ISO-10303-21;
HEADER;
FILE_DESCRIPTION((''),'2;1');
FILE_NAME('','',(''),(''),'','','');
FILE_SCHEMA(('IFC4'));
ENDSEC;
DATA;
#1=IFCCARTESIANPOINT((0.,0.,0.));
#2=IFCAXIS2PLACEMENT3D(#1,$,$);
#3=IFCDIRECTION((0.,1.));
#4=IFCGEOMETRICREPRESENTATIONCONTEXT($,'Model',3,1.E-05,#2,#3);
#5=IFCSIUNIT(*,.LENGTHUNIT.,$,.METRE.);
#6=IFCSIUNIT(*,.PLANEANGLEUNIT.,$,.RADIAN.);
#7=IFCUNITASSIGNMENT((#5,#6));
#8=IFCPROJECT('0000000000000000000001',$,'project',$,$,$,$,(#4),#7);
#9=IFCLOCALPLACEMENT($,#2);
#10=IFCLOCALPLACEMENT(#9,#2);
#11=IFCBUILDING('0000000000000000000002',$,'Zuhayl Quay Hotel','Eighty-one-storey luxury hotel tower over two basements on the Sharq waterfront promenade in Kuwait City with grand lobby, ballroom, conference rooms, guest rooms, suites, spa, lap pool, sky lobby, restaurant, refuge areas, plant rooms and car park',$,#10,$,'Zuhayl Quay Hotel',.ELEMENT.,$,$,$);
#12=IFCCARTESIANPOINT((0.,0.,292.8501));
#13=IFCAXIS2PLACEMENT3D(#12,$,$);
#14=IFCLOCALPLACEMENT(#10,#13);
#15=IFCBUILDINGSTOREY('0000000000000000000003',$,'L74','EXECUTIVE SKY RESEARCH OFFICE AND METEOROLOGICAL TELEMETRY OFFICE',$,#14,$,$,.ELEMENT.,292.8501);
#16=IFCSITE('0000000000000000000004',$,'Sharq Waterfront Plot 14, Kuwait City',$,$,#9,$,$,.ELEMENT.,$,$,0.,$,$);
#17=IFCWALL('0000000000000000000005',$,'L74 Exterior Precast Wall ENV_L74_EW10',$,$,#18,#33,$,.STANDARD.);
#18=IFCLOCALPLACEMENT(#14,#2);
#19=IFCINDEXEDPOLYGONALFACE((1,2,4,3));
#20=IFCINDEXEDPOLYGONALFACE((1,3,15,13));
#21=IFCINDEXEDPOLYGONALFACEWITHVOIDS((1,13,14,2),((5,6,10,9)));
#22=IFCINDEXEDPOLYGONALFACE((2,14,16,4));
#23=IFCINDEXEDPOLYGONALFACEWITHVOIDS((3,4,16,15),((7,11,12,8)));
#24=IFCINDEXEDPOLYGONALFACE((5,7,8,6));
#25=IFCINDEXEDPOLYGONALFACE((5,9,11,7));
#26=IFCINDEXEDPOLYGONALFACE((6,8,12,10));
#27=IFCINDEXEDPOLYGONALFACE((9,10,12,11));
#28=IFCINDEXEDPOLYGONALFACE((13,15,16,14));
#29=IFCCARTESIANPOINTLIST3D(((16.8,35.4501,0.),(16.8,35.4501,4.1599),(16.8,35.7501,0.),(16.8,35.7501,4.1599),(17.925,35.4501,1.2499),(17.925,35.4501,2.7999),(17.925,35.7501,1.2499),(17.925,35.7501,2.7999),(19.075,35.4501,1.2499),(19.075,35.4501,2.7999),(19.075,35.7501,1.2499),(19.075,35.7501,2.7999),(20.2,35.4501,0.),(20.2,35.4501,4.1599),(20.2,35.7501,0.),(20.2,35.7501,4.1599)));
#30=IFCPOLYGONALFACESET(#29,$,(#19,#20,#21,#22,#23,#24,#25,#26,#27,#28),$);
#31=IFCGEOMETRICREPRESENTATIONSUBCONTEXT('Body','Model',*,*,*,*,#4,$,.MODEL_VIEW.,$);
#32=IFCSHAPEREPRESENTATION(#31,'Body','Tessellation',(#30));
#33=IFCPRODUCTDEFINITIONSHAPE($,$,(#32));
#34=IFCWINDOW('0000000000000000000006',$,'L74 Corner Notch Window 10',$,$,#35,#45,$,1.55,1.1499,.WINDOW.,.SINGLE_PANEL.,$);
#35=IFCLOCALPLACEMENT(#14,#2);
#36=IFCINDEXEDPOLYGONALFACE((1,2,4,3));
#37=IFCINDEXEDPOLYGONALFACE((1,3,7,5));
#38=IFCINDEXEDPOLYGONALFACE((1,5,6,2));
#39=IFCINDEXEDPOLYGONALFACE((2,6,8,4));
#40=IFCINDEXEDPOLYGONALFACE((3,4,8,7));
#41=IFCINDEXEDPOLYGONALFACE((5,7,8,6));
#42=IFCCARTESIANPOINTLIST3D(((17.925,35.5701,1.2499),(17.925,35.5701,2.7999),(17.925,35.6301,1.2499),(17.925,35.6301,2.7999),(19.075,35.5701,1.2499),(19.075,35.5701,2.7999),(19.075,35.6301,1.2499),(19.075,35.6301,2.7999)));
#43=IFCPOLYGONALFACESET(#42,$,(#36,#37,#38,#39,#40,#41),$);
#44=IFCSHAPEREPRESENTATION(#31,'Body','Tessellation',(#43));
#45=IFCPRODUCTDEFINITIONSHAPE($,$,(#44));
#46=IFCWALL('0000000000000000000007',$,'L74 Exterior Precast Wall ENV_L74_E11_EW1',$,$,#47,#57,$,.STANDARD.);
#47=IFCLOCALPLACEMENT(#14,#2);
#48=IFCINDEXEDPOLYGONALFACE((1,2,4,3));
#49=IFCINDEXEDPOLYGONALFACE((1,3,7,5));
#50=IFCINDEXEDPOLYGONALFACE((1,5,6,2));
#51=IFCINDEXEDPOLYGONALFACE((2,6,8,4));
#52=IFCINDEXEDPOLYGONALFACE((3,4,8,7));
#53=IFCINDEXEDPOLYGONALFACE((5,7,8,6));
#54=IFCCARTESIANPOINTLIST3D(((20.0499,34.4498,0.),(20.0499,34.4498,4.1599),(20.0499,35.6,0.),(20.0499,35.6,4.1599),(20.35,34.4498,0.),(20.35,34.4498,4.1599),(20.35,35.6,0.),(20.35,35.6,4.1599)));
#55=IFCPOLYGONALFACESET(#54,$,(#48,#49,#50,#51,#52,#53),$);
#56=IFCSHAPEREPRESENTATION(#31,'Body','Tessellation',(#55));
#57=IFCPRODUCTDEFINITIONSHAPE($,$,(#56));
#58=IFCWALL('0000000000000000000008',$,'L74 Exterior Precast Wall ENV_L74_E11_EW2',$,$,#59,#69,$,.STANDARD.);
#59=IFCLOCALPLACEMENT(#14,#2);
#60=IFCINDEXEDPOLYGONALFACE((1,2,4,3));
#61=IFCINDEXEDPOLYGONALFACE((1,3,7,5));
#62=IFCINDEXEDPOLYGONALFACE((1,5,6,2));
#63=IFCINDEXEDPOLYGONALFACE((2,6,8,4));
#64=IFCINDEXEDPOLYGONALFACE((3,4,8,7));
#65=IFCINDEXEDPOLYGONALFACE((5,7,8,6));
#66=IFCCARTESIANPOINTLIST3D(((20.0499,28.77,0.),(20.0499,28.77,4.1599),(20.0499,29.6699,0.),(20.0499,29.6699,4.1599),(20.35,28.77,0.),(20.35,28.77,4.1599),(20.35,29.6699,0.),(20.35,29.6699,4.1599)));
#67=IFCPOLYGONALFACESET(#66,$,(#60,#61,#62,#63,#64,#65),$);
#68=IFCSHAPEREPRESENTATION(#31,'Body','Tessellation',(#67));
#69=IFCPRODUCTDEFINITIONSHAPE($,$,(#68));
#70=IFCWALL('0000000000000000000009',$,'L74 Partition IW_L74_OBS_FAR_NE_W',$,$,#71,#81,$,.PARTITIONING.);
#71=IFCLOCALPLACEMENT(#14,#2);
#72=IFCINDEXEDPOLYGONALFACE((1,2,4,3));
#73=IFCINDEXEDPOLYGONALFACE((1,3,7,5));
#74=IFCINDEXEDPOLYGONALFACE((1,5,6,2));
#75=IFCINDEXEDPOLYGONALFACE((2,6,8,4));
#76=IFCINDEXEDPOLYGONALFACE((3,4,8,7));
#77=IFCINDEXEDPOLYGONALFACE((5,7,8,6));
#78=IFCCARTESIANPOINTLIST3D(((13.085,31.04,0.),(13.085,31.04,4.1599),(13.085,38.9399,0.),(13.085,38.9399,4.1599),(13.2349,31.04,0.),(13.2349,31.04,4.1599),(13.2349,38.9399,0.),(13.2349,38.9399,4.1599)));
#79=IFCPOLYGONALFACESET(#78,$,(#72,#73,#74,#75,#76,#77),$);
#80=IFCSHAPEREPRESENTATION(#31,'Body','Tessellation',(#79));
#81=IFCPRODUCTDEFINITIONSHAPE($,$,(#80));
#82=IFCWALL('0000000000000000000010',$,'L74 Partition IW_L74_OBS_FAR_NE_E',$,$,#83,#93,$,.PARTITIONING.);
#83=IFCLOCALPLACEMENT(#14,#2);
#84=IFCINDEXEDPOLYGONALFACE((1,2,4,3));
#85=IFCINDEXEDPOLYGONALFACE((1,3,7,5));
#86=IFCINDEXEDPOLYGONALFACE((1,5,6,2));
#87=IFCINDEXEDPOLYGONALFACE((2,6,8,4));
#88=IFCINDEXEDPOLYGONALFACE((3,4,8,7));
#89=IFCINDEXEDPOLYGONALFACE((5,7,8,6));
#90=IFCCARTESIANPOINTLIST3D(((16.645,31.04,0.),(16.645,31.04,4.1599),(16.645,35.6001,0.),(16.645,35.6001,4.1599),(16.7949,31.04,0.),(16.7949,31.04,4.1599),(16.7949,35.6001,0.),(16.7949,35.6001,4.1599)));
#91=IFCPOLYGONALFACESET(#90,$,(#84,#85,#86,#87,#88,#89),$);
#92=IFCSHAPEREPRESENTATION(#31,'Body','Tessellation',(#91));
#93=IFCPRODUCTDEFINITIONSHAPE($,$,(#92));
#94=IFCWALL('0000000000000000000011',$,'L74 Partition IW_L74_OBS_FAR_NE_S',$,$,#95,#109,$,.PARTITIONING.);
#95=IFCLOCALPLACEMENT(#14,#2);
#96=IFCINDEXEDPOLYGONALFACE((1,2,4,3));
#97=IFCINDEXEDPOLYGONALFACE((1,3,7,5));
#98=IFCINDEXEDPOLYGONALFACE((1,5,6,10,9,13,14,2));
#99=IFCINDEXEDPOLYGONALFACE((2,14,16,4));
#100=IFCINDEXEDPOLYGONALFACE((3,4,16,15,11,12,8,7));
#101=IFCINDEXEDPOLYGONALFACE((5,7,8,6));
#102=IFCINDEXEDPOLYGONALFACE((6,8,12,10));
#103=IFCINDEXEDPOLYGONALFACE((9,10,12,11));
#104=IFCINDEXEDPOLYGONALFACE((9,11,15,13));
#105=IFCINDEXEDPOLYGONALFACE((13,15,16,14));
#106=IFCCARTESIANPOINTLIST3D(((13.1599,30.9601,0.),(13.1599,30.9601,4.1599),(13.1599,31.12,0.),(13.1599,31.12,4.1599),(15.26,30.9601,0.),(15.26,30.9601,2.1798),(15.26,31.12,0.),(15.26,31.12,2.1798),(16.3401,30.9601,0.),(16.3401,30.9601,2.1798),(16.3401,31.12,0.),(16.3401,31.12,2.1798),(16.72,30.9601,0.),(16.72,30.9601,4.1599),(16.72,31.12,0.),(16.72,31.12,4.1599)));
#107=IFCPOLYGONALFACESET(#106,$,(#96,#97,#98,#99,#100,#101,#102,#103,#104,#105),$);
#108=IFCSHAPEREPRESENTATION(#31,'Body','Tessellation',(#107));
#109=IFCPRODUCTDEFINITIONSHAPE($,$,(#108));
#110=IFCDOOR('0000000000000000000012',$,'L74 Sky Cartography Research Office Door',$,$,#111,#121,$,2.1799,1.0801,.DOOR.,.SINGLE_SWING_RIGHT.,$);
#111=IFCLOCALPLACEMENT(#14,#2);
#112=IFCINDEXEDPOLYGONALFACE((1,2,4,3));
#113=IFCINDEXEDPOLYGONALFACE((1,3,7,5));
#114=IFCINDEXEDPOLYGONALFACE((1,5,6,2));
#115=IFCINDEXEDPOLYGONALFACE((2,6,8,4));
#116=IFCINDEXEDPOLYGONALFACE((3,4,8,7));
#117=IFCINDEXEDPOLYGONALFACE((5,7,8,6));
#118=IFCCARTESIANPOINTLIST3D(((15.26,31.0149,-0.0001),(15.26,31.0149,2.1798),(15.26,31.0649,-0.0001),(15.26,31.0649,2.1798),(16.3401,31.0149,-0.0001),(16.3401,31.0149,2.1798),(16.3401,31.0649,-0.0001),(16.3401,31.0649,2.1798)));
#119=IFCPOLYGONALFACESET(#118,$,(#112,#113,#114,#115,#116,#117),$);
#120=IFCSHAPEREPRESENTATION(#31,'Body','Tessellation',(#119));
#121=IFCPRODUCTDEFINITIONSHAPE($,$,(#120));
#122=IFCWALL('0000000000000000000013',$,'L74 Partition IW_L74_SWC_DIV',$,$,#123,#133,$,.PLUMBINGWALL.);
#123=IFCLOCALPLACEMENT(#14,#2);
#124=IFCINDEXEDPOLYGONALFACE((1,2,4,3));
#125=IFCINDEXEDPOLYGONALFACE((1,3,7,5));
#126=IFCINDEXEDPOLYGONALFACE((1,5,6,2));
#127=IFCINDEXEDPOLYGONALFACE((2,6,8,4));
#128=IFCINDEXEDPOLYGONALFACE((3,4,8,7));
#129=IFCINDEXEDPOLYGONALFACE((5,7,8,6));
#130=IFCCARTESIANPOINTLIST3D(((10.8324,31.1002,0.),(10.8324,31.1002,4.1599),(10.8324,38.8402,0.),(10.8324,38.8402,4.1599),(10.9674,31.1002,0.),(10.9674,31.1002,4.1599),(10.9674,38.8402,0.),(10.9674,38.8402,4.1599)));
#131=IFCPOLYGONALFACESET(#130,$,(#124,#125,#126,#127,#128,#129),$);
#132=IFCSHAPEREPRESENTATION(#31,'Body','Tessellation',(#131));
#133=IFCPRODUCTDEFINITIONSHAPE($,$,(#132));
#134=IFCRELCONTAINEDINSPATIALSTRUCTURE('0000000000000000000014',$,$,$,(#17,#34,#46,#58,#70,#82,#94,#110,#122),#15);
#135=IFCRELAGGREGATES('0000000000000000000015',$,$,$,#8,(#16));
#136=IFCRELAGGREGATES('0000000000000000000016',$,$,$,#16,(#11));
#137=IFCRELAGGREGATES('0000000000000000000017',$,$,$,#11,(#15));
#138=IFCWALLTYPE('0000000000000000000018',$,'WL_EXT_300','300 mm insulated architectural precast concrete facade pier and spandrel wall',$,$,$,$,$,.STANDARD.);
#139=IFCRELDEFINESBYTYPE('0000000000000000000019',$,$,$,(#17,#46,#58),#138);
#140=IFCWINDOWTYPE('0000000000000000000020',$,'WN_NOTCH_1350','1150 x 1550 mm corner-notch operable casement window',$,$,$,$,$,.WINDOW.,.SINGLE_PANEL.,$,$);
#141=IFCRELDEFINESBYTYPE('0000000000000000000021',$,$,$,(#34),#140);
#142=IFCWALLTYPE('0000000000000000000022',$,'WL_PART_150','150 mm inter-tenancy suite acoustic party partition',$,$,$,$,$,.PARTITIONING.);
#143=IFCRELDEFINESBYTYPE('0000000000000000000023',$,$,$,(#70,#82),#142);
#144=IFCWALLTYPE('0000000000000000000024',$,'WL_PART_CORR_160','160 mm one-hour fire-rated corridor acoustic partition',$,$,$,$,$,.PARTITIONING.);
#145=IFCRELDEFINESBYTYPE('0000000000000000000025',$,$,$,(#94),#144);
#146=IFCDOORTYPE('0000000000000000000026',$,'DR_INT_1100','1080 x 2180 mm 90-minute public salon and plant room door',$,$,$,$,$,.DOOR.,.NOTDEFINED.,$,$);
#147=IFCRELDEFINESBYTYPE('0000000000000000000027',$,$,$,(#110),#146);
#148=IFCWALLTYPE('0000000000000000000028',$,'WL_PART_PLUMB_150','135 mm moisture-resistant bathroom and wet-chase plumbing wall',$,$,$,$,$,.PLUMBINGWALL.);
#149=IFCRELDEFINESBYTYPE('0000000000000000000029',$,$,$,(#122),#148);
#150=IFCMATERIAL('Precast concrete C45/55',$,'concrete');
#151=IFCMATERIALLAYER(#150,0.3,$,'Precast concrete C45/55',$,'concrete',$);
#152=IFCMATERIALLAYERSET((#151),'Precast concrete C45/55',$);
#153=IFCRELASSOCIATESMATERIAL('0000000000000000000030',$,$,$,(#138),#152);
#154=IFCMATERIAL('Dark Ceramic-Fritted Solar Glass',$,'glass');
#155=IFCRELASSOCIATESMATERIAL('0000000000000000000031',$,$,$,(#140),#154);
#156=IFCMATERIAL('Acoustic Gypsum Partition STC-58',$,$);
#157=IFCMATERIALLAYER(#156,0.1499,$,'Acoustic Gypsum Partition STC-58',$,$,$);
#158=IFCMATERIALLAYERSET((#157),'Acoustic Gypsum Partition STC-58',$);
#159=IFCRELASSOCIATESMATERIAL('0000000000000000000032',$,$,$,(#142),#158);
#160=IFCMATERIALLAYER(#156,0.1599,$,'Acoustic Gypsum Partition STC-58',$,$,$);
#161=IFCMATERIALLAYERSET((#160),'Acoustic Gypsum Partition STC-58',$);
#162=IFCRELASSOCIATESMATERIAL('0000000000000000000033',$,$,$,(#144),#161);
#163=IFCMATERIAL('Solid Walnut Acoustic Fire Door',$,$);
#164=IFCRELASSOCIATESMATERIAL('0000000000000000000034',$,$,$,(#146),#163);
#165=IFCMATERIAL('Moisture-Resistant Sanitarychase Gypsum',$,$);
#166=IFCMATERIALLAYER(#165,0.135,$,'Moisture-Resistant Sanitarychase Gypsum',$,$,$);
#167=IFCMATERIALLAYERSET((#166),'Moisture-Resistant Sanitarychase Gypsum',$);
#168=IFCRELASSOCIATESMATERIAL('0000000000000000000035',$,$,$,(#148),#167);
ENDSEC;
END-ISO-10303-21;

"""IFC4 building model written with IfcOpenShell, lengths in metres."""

from ifc_helpers import new_model, si_unit, direction, frame, frame_2d, origin, place, context, subcontext, project, spatial, rectangle, extrude, material, layer, layer_set, type_object, element, fill, save


model = new_model("IFC4")

# Units and contexts
model_context = context("Model", 3, precision=1e-05, world=origin(), true_north=direction((0.0, 1.0)))
body_context = subcontext(model_context, "Body", "Model", "MODEL_VIEW")
ifc_project = project(units=[si_unit("LENGTHUNIT", "METRE"), si_unit("PLANEANGLEUNIT", "RADIAN")], contexts=[model_context])

# Site, building, storey
site_placement = place(None, origin())
site = spatial("IfcSite", under=ifc_project, at=site_placement, Name="Sharq Waterfront Plot 14, Kuwait City", CompositionType="ELEMENT", RefElevation=0.0)
building_placement = place(site_placement, origin())
building = spatial("IfcBuilding", under=site, at=building_placement, Name="Zuhayl Quay Hotel", Description="Eighty-one-storey luxury hotel tower over two basements on the Sharq waterfront promenade in Kuwait City with grand lobby, ballroom, conference rooms, guest rooms, suites, spa, lap pool, sky lobby, restaurant, refuge areas, plant rooms and car park", LongName="Zuhayl Quay Hotel", CompositionType="ELEMENT")
storey_placement = place(building_placement, frame((0.0, 0.0, 292.8501)))
storey = spatial("IfcBuildingStorey", under=building, at=storey_placement, Name="L74", Description="EXECUTIVE SKY RESEARCH OFFICE AND METEOROLOGICAL TELEMETRY OFFICE", CompositionType="ELEMENT", Elevation=292.8501)

# Shared definitions
ifc_material_1 = material(Name="Dark Ceramic-Fritted Solar Glass", Category="glass")

# Shared definitions
ifc_material_2 = material(Name="Precast concrete C45/55", Category="concrete")
ifc_layer_1 = layer(ifc_material_2, 0.3, Name="Precast concrete C45/55", Category="concrete")
ifc_layer_set_1 = layer_set([ifc_layer_1], Name="Precast concrete C45/55")
wall_type_1 = type_object("IfcWallType", Name="WL_EXT_300", Description="300 mm insulated architectural precast concrete facade pier and spandrel wall", PredefinedType="STANDARD", material=ifc_layer_set_1)

# Wall, opening, window
wall_1_placement = place(storey_placement, frame((16.8, 35.6001, 0.0), z_axis=(0.0, 0.0, 1.0), x_axis=(1.0, 0.0, 0.0)))
wall_1 = element("IfcWall", 1, at=wall_1_placement, inside=storey, type_object=wall_type_1, Name="L74 Exterior Precast Wall ENV_L74_EW10", PredefinedType="STANDARD", context=body_context, shape_type="SweptSolid", body=[
    extrude(rectangle(XDim=3.3999, YDim=0.3, at=frame_2d((1.7, 0.0))), origin(), (0.0, 0.0, 1.0), 4.1599),
])
opening_1_placement = place(wall_1_placement, frame((1.125, 0.0, 1.25)))
opening_1 = element("IfcOpeningElement", 2, at=opening_1_placement, cuts=wall_1, PredefinedType="OPENING", context=body_context, shape_type="SweptSolid", body=[
    extrude(rectangle(XDim=1.1499, YDim=1.55, at=frame_2d((0.575, 0.7749))), frame((0.0, 0.1599, 0.0), z_axis=(0.0, -1.0, 0.0), x_axis=(1.0, 0.0, 0.0)), (0.0, 0.0, 1.0), 0.3201),
])
window_type = type_object("IfcWindowType", Name="WN_NOTCH_1350", Description="1150 x 1550 mm corner-notch operable casement window", PartitioningType="SINGLE_PANEL", PredefinedType="WINDOW", material=ifc_material_1)
window_placement = place(opening_1_placement, origin())
window = element("IfcWindow", 3, at=window_placement, inside=storey, type_object=window_type, Name="L74 Corner Notch Window 10", OverallHeight=1.55, OverallWidth=1.1499, PartitioningType="SINGLE_PANEL", PredefinedType="WINDOW", context=body_context, shape_type="SweptSolid", body=[
    extrude(rectangle(XDim=1.1499, YDim=1.55, at=frame_2d((0.575, 0.7749))), frame((0.0, 0.03, 0.0), z_axis=(0.0, -1.0, 0.0), x_axis=(1.0, 0.0, 0.0)), (0.0, 0.0, 1.0), 0.0601),
])
fill(opening_1, window)

# Walls
wall_2_placement = place(storey_placement, frame((20.2, 35.6001, 0.0), z_axis=(0.0, 0.0, 1.0), x_axis=(0.0, -1.0, 0.0)))
element("IfcWall", 4, at=wall_2_placement, inside=storey, type_object=wall_type_1, Name="L74 Exterior Precast Wall ENV_L74_E11_EW1", PredefinedType="STANDARD", context=body_context, shape_type="SweptSolid", body=[
    extrude(rectangle(XDim=1.1501, YDim=0.3, at=frame_2d((0.5752, 0.0))), origin(), (0.0, 0.0, 1.0), 4.1599),
])
wall_3_placement = place(storey_placement, frame((20.2, 29.6699, 0.0), z_axis=(0.0, 0.0, 1.0), x_axis=(0.0, -1.0, 0.0)))
element("IfcWall", 5, at=wall_3_placement, inside=storey, type_object=wall_type_1, Name="L74 Exterior Precast Wall ENV_L74_E11_EW2", PredefinedType="STANDARD", context=body_context, shape_type="SweptSolid", body=[
    extrude(rectangle(XDim=0.8999, YDim=0.3, at=frame_2d((0.45, 0.0))), origin(), (0.0, 0.0, 1.0), 4.1599),
])
ifc_material_3 = material(Name="Acoustic Gypsum Partition STC-58")
ifc_layer_2 = layer(ifc_material_3, 0.1499, Name="Acoustic Gypsum Partition STC-58")
ifc_layer_set_2 = layer_set([ifc_layer_2], Name="Acoustic Gypsum Partition STC-58")
wall_type_2 = type_object("IfcWallType", Name="WL_PART_150", Description="150 mm inter-tenancy suite acoustic party partition", PredefinedType="PARTITIONING", material=ifc_layer_set_2)
wall_4_placement = place(storey_placement, frame((13.1599, 31.04, 0.0), z_axis=(0.0, 0.0, 1.0), x_axis=(0.0, 1.0, 0.0)))
element("IfcWall", 6, at=wall_4_placement, inside=storey, type_object=wall_type_2, Name="L74 Partition IW_L74_OBS_FAR_NE_W", PredefinedType="PARTITIONING", context=body_context, shape_type="SweptSolid", body=[
    extrude(rectangle(XDim=7.8999, YDim=0.1499, at=frame_2d((3.95, 0.0))), origin(), (0.0, 0.0, 1.0), 4.1599),
])
wall_5_placement = place(storey_placement, frame((16.72, 31.04, 0.0), z_axis=(0.0, 0.0, 1.0), x_axis=(0.0, 1.0, 0.0)))
element("IfcWall", 7, at=wall_5_placement, inside=storey, type_object=wall_type_2, Name="L74 Partition IW_L74_OBS_FAR_NE_E", PredefinedType="PARTITIONING", context=body_context, shape_type="SweptSolid", body=[
    extrude(rectangle(XDim=4.5601, YDim=0.1499, at=frame_2d((2.28, 0.0))), origin(), (0.0, 0.0, 1.0), 4.1599),
])

# Wall, opening, door
ifc_layer_3 = layer(ifc_material_3, 0.1599, Name="Acoustic Gypsum Partition STC-58")
ifc_layer_set_3 = layer_set([ifc_layer_3], Name="Acoustic Gypsum Partition STC-58")
wall_type_3 = type_object("IfcWallType", Name="WL_PART_CORR_160", Description="160 mm one-hour fire-rated corridor acoustic partition", PredefinedType="PARTITIONING", material=ifc_layer_set_3)
wall_6_placement = place(storey_placement, frame((13.1599, 31.04, 0.0), z_axis=(0.0, 0.0, 1.0), x_axis=(1.0, 0.0, 0.0)))
wall_6 = element("IfcWall", 8, at=wall_6_placement, inside=storey, type_object=wall_type_3, Name="L74 Partition IW_L74_OBS_FAR_NE_S", PredefinedType="PARTITIONING", context=body_context, shape_type="SweptSolid", body=[
    extrude(rectangle(XDim=3.5601, YDim=0.1599, at=frame_2d((1.78, 0.0))), origin(), (0.0, 0.0, 1.0), 4.1599),
])
opening_2_placement = place(wall_6_placement, frame((2.1001, 0.0, 0.0)))
opening_2 = element("IfcOpeningElement", 9, at=opening_2_placement, cuts=wall_6, PredefinedType="OPENING", context=body_context, shape_type="SweptSolid", body=[
    extrude(rectangle(XDim=1.0801, YDim=2.1799, at=frame_2d((0.54, 1.0898))), frame((0.0, 0.0898, 0.0), z_axis=(0.0, -1.0, 0.0), x_axis=(1.0, 0.0, 0.0)), (0.0, 0.0, 1.0), 0.1799),
])
ifc_material_4 = material(Name="Solid Walnut Acoustic Fire Door")
door_type_1 = type_object("IfcDoorType", Name="DR_INT_1100", Description="1080 x 2180 mm 90-minute public salon and plant room door", OperationType="NOTDEFINED", PredefinedType="DOOR", material=ifc_material_4)
door_1_placement = place(opening_2_placement, origin())
door_1 = element("IfcDoor", 10, at=door_1_placement, inside=storey, type_object=door_type_1, Name="L74 Sky Cartography Research Office Door", OperationType="SINGLE_SWING_RIGHT", OverallHeight=2.1799, OverallWidth=1.0801, PredefinedType="DOOR", context=body_context, shape_type="SweptSolid", body=[
    extrude(rectangle(XDim=1.0801, YDim=2.1799, at=frame_2d((0.54, 1.0898))), frame((0.0, 0.0249, 0.0), z_axis=(0.0, -1.0, 0.0), x_axis=(1.0, 0.0, 0.0)), (0.0, 0.0, 1.0), 0.05),
])
fill(opening_2, door_1)
ifc_material_5 = material(Name="Moisture-Resistant Sanitarychase Gypsum")
ifc_layer_4 = layer(ifc_material_5, 0.135, Name="Moisture-Resistant Sanitarychase Gypsum")
ifc_layer_set_4 = layer_set([ifc_layer_4], Name="Moisture-Resistant Sanitarychase Gypsum")
wall_type_4 = type_object("IfcWallType", Name="WL_PART_PLUMB_150", Description="135 mm moisture-resistant bathroom and wet-chase plumbing wall", PredefinedType="PLUMBINGWALL", material=ifc_layer_set_4)

# Wall
wall_7_placement = place(storey_placement, frame((10.8999, 31.1001, 0.0), z_axis=(0.0, 0.0, 1.0), x_axis=(0.0, 1.0, 0.0)))
element("IfcWall", 11, at=wall_7_placement, inside=storey, type_object=wall_type_4, Name="L74 Partition IW_L74_SWC_DIV", PredefinedType="PLUMBINGWALL", context=body_context, shape_type="SweptSolid", body=[
    extrude(rectangle(XDim=7.74, YDim=0.135, at=frame_2d((3.8701, 0.0))), origin(), (0.0, 0.0, 1.0), 4.1599),
])

save(model, "model.ifc")
